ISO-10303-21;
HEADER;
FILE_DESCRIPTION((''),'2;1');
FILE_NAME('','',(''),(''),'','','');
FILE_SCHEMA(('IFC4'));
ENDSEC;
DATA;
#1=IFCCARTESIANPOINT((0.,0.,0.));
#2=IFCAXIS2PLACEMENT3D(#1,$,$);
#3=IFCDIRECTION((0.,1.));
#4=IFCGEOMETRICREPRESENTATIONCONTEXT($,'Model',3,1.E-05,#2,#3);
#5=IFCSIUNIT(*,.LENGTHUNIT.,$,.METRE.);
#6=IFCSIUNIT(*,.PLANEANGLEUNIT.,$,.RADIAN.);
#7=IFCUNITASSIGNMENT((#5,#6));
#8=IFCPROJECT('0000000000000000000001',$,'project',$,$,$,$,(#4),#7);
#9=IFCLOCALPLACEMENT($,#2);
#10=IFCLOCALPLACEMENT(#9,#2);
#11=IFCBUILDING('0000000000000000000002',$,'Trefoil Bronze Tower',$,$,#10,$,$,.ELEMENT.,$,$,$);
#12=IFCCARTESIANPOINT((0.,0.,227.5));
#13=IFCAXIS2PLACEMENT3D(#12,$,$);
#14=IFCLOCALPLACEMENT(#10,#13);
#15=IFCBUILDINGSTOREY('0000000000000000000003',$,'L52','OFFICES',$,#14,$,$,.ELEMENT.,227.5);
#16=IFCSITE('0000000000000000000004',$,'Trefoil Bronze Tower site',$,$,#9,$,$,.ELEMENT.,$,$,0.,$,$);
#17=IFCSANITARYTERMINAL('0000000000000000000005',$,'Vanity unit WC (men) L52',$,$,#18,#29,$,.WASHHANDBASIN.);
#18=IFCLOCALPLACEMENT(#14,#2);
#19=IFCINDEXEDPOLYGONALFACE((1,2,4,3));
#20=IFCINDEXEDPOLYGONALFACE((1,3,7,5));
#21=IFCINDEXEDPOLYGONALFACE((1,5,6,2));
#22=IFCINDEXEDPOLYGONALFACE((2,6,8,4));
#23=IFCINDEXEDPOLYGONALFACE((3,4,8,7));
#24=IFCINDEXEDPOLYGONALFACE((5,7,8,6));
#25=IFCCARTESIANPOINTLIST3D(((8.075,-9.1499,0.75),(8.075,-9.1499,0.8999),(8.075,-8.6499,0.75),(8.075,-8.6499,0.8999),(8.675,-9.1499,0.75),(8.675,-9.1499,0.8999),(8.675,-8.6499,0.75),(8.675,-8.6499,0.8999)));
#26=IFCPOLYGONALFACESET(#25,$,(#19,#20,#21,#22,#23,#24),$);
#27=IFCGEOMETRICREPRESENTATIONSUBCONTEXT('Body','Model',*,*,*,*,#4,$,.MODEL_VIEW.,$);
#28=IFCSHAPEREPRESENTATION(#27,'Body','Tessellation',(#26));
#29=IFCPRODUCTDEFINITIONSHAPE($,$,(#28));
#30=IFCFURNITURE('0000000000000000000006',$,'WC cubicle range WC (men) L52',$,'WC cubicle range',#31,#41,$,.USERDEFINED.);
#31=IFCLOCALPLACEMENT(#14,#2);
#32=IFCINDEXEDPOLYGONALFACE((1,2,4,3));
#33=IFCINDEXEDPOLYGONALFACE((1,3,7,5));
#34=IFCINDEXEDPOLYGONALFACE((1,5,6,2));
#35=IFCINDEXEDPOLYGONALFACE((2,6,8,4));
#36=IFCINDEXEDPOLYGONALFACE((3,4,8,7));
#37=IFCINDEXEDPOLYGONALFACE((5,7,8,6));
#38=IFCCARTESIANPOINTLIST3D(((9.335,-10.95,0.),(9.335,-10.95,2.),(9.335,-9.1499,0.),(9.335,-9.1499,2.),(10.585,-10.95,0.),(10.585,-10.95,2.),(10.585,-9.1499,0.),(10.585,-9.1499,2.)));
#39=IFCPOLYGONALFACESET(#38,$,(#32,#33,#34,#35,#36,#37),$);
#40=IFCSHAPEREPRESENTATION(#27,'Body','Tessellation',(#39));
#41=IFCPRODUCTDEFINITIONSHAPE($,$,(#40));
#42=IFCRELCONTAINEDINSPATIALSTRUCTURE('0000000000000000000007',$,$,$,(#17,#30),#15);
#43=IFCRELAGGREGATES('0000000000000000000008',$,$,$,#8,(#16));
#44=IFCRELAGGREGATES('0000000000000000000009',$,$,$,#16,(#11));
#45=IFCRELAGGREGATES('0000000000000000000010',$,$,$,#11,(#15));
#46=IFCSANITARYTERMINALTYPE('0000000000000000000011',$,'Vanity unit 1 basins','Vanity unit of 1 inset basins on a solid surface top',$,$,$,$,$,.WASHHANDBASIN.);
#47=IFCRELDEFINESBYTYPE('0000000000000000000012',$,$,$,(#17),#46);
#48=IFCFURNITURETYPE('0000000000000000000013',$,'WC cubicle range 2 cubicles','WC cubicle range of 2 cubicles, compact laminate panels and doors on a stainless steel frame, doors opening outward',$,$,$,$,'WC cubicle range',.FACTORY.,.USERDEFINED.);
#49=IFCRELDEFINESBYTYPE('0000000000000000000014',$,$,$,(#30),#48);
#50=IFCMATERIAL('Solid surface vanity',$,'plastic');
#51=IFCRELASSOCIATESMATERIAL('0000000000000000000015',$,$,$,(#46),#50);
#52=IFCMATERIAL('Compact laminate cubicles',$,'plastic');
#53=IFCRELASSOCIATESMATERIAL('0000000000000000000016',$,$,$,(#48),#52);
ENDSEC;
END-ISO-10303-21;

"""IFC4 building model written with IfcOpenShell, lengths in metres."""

from ifc_helpers import new_model, si_unit, direction, frame, origin, place, context, subcontext, project, spatial, polyline, outline, extrude, material, type_object, element, save


model = new_model("IFC4")

# Units and contexts
model_context = context("Model", 3, precision=1e-05, world=origin(), true_north=direction((0.0, 1.0)))
body_context = subcontext(model_context, "Body", "Model", "MODEL_VIEW")
ifc_project = project(units=[si_unit("LENGTHUNIT", "METRE"), si_unit("PLANEANGLEUNIT", "RADIAN")], contexts=[model_context])

# Site, building, storey
site_placement = place(None, origin())
site = spatial("IfcSite", under=ifc_project, at=site_placement, Name="Trefoil Bronze Tower site", CompositionType="ELEMENT", RefElevation=0.0)
building_placement = place(site_placement, origin())
building = spatial("IfcBuilding", under=site, at=building_placement, Name="Trefoil Bronze Tower", CompositionType="ELEMENT")
storey_placement = place(building_placement, frame((0.0, 0.0, 227.5)))
storey = spatial("IfcBuildingStorey", under=building, at=storey_placement, Name="L52", Description="OFFICES", CompositionType="ELEMENT", Elevation=227.5)

# Sanitary terminal
ifc_material_1 = material(Name="Solid surface vanity", Category="plastic")
sanitary_terminal_type = type_object("IfcSanitaryTerminalType", Name="Vanity unit 1 basins", Description="Vanity unit of 1 inset basins on a solid surface top", PredefinedType="WASHHANDBASIN", material=ifc_material_1)
sanitary_terminal_placement = place(storey_placement, frame((0.0, 0.0, 0.75)))
element("IfcSanitaryTerminal", 1, at=sanitary_terminal_placement, inside=storey, type_object=sanitary_terminal_type, Name="Vanity unit WC (men) L52", PredefinedType="WASHHANDBASIN", context=body_context, shape_type="SweptSolid", body=[
    extrude(outline(polyline([(8.075, -8.6499), (8.675, -8.6499), (8.675, -9.1499), (8.075, -9.1499), (8.075, -8.6499)])), origin(), (0.0, 0.0, 1.0), 0.1499),
])

# Furniture
ifc_material_2 = material(Name="Compact laminate cubicles", Category="plastic")
furniture_type = type_object("IfcFurnitureType", Name="WC cubicle range 2 cubicles", Description="WC cubicle range of 2 cubicles, compact laminate panels and doors on a stainless steel frame, doors opening outward", ElementType="WC cubicle range", AssemblyPlace="FACTORY", PredefinedType="USERDEFINED", material=ifc_material_2)
furniture_placement = place(storey_placement, origin())
element("IfcFurniture", 2, at=furniture_placement, inside=storey, type_object=furniture_type, Name="WC cubicle range WC (men) L52", ObjectType="WC cubicle range", PredefinedType="USERDEFINED", context=body_context, shape_type="SweptSolid", body=[
    extrude(outline(polyline([(9.335, -9.1499), (10.585, -9.1499), (10.585, -10.95), (9.335, -10.95), (9.335, -9.1499)])), origin(), (0.0, 0.0, 1.0), 2.0),
])

save(model, "model.ifc")
